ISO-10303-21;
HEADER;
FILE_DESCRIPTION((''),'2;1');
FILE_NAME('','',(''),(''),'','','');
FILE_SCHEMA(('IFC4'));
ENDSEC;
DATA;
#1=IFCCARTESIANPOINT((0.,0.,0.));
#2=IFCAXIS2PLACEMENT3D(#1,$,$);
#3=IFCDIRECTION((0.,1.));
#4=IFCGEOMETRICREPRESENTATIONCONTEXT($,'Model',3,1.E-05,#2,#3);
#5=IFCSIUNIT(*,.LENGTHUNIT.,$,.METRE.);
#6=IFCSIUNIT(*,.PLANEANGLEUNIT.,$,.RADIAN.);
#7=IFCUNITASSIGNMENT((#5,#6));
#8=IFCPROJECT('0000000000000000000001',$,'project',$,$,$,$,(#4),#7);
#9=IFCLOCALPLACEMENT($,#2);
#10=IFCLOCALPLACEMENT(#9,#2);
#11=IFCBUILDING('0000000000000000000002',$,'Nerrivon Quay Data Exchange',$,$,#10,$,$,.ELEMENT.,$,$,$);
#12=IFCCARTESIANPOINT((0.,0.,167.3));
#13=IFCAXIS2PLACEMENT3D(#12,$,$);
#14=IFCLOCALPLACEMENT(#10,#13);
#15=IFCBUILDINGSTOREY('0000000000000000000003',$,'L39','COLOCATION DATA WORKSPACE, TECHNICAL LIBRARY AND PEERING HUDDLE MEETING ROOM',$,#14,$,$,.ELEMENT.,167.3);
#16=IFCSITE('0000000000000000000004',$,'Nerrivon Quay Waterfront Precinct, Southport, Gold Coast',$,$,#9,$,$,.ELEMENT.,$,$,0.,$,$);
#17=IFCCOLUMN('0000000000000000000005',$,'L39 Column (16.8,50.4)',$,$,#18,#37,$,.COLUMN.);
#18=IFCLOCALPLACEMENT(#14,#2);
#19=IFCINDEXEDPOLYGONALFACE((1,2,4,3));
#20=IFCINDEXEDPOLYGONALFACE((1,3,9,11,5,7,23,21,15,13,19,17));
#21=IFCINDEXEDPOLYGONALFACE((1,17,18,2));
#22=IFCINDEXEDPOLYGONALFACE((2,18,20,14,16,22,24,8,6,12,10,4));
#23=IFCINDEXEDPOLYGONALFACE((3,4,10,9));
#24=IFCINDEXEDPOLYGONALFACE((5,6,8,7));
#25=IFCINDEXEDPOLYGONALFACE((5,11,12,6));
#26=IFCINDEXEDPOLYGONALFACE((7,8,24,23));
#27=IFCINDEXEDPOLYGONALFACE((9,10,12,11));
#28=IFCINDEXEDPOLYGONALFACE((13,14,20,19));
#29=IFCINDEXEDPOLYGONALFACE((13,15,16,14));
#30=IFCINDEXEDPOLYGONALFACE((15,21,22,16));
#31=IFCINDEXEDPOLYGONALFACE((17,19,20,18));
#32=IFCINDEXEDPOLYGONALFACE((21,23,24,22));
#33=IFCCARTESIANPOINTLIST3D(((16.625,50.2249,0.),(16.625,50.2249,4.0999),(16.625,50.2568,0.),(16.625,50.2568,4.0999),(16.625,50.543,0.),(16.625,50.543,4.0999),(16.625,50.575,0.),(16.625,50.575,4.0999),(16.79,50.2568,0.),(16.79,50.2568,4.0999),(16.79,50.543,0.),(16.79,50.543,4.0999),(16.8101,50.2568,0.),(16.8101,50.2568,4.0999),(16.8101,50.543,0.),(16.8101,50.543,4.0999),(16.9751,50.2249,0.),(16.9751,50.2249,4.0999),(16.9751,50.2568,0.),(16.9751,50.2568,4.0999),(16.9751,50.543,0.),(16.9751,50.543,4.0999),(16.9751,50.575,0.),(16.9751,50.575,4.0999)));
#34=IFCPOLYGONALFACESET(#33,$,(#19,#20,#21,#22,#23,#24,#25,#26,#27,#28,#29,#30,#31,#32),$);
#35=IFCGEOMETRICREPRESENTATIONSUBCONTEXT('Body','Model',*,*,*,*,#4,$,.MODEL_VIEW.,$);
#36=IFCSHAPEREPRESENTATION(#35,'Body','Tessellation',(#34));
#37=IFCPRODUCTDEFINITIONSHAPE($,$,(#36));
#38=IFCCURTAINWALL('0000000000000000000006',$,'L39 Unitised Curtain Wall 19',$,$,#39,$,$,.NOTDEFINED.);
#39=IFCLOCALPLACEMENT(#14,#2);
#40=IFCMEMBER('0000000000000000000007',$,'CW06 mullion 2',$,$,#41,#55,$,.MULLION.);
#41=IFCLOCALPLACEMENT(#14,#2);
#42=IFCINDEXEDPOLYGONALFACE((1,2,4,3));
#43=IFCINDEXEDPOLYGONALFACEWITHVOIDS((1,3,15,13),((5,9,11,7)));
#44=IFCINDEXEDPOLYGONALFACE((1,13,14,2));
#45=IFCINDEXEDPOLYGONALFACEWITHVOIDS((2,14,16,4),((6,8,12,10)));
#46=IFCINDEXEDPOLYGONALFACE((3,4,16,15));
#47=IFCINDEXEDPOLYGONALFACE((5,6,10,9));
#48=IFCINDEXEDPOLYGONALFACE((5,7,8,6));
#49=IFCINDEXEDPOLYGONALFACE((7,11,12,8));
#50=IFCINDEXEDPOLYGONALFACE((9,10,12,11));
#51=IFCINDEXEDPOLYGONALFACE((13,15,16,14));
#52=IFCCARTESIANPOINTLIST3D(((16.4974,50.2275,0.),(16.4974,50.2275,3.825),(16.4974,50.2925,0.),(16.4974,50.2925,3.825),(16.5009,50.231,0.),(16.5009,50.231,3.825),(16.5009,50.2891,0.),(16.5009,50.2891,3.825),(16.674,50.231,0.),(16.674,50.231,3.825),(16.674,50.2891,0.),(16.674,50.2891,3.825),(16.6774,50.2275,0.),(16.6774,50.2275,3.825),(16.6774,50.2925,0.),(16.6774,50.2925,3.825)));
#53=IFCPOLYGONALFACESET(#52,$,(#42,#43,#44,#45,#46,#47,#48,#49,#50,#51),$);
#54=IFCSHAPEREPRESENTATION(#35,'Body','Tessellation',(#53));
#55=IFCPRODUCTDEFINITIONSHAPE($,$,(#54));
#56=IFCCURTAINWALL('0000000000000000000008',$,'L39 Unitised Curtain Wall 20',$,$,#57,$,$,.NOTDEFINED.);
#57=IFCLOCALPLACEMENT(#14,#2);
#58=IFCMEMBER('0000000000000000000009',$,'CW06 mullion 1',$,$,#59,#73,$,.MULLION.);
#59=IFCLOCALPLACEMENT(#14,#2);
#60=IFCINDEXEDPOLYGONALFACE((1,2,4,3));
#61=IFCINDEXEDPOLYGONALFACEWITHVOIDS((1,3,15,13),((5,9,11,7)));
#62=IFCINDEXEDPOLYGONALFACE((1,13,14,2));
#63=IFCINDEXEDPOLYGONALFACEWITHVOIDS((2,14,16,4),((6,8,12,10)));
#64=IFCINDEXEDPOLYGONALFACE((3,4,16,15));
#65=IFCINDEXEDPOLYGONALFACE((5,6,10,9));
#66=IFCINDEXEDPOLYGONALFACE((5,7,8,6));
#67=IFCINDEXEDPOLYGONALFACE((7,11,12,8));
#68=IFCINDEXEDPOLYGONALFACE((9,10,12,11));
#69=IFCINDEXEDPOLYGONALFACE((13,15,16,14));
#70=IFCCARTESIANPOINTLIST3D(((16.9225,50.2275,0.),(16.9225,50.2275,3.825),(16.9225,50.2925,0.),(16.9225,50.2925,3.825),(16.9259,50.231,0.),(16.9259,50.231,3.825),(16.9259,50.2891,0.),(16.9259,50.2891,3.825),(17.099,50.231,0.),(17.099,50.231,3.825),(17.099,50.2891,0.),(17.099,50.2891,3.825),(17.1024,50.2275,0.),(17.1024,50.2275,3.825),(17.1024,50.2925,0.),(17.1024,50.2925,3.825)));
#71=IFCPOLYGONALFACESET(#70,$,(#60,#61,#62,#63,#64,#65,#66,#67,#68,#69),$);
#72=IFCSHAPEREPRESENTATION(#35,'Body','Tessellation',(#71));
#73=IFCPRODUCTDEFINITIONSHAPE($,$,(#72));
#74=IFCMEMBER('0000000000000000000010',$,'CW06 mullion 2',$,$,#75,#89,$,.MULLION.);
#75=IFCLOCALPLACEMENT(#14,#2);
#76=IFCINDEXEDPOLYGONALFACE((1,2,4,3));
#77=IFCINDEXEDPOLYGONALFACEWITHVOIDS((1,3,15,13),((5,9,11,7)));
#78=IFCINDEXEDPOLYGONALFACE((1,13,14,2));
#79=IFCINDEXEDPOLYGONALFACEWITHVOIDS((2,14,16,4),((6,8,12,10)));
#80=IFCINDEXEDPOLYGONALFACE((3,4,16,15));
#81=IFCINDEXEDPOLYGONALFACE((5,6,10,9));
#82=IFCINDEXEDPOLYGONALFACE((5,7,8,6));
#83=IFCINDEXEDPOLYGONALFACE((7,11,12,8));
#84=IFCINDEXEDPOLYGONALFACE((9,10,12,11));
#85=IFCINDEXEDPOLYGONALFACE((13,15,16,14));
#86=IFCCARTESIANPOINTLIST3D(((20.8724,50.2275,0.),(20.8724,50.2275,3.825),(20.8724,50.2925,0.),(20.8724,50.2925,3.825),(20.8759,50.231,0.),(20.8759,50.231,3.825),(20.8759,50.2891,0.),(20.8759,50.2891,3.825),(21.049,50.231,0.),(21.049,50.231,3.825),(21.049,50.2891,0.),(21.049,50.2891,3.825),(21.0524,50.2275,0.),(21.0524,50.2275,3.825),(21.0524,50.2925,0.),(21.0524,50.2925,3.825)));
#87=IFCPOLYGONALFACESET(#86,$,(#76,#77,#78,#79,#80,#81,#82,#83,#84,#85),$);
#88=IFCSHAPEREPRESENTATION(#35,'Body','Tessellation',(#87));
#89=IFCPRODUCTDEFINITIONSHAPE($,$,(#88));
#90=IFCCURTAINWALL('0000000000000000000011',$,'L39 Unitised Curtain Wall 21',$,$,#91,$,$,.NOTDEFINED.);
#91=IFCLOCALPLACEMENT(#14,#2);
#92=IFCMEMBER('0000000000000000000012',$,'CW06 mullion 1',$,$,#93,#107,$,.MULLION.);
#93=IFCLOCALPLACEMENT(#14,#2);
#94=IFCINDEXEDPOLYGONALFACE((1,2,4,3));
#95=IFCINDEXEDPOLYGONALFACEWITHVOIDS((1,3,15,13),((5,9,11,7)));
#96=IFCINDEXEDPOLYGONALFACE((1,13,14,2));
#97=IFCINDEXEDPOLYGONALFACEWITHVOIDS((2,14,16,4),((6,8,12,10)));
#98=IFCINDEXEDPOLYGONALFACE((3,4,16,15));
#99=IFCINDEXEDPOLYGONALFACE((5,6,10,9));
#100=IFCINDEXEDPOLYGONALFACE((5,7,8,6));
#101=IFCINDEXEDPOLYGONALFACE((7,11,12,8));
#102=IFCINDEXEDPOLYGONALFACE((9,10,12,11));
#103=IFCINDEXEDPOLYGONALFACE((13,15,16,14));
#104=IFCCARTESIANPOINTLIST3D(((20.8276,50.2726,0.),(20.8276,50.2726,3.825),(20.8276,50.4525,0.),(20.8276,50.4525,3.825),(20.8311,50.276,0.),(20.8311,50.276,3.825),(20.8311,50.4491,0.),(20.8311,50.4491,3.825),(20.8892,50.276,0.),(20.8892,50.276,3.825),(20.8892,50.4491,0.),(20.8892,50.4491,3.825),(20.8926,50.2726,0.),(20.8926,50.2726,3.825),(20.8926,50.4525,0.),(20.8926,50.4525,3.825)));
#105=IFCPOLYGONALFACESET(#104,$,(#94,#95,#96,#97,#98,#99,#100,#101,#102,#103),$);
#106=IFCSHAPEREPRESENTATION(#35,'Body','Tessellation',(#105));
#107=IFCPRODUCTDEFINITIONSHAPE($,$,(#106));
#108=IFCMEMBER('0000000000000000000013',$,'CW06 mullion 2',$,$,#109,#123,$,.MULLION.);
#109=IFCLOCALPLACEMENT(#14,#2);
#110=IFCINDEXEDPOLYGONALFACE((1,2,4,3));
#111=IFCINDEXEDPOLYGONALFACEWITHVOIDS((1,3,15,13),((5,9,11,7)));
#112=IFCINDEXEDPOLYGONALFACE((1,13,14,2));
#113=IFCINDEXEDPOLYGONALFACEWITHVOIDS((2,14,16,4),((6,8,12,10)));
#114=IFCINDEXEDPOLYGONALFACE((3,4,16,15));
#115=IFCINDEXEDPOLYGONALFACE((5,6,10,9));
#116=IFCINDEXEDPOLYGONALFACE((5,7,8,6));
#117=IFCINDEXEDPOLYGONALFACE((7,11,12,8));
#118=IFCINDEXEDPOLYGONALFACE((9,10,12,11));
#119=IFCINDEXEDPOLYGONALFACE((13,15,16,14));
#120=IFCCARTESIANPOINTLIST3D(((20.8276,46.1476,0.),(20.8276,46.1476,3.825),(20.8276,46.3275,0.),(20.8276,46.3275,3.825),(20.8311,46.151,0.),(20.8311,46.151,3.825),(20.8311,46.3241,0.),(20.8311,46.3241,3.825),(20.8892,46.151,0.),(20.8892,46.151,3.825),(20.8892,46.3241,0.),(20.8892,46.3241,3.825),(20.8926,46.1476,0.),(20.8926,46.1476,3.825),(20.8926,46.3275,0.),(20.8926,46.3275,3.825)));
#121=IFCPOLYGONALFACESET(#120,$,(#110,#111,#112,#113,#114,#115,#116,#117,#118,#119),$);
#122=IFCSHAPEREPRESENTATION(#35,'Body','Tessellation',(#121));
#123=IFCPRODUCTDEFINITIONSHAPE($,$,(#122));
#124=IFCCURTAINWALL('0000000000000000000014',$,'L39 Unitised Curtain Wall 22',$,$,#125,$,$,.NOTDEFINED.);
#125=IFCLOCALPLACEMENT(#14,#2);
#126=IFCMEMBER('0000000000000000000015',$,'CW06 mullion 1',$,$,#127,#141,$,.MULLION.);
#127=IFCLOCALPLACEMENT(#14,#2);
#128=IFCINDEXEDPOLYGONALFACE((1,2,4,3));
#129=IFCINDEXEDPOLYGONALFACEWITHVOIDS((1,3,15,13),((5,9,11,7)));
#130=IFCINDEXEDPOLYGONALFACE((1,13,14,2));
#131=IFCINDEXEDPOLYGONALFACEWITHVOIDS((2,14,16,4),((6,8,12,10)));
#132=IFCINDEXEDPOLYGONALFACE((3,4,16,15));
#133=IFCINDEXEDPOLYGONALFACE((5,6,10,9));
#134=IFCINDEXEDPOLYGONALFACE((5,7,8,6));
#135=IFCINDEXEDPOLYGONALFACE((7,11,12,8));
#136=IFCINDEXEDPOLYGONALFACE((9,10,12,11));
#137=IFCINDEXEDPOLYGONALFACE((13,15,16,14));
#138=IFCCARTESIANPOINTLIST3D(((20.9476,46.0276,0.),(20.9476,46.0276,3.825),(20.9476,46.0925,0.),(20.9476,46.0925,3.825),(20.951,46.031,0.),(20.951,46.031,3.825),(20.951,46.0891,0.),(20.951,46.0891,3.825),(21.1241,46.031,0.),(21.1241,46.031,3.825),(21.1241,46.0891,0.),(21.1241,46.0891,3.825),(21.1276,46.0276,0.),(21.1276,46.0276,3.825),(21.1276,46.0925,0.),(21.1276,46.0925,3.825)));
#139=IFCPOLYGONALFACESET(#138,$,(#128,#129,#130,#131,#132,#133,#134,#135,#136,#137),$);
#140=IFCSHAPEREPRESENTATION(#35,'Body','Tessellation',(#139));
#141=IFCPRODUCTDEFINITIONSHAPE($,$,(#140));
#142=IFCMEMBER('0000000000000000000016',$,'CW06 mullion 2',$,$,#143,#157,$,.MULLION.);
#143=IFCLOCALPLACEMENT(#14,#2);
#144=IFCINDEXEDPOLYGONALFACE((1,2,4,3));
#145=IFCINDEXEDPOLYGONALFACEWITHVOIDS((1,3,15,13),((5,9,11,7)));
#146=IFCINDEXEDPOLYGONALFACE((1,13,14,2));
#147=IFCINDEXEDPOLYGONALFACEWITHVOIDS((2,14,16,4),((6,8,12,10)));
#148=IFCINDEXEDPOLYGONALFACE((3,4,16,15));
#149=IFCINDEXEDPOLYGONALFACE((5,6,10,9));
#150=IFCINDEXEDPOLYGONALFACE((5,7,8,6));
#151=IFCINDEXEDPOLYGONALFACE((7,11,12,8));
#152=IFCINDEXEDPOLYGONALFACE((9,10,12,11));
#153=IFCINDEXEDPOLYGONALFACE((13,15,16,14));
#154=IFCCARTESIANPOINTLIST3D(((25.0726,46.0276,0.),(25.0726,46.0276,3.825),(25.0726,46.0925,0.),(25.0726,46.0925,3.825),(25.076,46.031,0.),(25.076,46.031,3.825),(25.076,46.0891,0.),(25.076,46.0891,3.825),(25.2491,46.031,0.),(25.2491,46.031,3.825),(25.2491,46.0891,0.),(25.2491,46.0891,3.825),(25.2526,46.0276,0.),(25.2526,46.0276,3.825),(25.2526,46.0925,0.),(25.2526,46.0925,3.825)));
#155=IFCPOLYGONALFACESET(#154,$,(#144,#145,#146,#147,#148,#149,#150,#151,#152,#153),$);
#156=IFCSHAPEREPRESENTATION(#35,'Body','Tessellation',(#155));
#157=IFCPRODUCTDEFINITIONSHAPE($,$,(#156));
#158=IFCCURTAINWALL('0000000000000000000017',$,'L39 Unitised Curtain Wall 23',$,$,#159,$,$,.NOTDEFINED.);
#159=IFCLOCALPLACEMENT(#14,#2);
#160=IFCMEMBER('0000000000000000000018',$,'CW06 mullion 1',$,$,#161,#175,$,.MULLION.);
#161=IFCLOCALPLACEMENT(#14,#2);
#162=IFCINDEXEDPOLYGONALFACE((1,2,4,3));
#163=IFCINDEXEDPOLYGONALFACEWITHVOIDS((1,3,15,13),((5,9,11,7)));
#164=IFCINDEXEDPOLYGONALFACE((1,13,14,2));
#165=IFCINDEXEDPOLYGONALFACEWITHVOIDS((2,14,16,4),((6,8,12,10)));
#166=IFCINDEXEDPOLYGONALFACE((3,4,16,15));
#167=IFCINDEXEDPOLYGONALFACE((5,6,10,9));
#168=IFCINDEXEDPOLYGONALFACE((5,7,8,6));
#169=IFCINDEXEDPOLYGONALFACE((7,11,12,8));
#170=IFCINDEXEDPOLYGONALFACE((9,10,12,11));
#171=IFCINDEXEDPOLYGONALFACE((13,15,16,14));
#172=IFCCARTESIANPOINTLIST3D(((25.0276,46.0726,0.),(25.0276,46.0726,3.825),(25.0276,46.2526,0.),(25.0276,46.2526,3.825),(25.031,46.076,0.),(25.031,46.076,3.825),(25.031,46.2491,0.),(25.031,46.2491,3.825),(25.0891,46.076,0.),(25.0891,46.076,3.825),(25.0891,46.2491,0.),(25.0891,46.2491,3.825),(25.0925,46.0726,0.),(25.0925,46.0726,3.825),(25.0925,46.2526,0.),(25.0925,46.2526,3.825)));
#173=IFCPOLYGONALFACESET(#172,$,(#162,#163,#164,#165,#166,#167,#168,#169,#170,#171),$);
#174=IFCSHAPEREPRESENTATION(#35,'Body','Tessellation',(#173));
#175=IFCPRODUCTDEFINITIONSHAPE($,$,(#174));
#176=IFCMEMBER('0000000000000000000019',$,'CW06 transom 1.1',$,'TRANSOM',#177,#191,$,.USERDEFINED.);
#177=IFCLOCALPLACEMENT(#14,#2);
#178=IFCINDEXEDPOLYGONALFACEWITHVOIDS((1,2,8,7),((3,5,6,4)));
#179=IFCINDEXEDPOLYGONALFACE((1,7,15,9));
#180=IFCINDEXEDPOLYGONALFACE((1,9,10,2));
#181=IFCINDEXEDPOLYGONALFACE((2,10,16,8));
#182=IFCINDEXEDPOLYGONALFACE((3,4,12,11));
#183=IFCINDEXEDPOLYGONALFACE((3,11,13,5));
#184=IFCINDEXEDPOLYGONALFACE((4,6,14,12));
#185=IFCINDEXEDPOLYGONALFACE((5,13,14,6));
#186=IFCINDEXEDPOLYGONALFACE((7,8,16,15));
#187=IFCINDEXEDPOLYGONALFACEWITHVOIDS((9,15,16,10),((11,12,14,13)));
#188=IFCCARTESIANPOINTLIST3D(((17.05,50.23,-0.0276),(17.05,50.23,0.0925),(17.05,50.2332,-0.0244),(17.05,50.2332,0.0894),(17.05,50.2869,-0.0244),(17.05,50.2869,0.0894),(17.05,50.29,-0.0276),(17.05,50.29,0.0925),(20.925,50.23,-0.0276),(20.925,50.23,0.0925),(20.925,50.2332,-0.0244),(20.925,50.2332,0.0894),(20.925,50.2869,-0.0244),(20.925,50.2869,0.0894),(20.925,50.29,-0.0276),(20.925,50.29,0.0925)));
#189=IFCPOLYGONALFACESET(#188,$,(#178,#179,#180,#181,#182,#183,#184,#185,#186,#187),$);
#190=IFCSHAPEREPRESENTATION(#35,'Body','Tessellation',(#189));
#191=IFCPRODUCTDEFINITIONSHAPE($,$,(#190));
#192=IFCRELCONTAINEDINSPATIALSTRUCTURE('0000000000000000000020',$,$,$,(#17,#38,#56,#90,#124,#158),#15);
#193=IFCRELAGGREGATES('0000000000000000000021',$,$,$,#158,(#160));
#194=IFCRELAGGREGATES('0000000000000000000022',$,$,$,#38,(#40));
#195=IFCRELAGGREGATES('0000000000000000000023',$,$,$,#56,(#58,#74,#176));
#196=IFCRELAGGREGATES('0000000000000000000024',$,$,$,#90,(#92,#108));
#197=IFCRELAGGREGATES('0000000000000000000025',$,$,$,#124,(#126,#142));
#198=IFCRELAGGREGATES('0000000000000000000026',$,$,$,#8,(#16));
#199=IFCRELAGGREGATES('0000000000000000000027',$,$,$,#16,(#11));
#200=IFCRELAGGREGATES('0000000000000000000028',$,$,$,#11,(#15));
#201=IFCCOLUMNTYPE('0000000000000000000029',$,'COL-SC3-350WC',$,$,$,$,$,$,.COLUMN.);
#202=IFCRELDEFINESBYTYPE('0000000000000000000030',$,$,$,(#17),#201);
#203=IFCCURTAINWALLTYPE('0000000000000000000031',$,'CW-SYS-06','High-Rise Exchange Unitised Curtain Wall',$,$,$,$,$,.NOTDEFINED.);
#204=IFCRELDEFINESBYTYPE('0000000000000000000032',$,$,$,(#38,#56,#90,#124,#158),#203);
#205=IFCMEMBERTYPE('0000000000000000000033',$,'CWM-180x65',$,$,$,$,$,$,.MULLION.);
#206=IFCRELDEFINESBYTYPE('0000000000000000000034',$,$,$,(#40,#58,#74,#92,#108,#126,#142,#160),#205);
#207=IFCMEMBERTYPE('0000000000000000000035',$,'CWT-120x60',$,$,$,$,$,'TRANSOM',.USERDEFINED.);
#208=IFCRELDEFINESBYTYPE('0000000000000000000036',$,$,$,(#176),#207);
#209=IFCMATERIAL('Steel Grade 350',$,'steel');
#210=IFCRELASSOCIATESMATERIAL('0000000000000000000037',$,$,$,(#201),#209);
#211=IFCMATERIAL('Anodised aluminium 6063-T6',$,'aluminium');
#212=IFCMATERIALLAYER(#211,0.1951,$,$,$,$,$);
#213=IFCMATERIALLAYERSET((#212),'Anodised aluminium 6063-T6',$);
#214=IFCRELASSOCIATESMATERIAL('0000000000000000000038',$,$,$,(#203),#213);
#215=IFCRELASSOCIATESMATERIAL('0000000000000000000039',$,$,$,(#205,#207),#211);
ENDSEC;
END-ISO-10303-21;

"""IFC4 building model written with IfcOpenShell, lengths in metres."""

from ifc_helpers import new_model, si_unit, direction, frame, origin, origin_2d, place, context, subcontext, project, spatial, hollow_rectangle, i_section, extrude, material, layer, layer_set, material_profile, profile_set, type_object, element, aggregate, save


model = new_model("IFC4")

# Units and contexts
model_context = context("Model", 3, precision=1e-05, world=origin(), true_north=direction((0.0, 1.0)))
body_context = subcontext(model_context, "Body", "Model", "MODEL_VIEW")
ifc_project = project(units=[si_unit("LENGTHUNIT", "METRE"), si_unit("PLANEANGLEUNIT", "RADIAN")], contexts=[model_context])

# Site, building, storey
site_placement = place(None, origin())
site = spatial("IfcSite", under=ifc_project, at=site_placement, Name="Nerrivon Quay Waterfront Precinct, Southport, Gold Coast", CompositionType="ELEMENT", RefElevation=0.0)
building_placement = place(site_placement, origin())
building = spatial("IfcBuilding", under=site, at=building_placement, Name="Nerrivon Quay Data Exchange", CompositionType="ELEMENT")
storey_placement = place(building_placement, frame((0.0, 0.0, 167.3)))
storey = spatial("IfcBuildingStorey", under=building, at=storey_placement, Name="L39", Description="COLOCATION DATA WORKSPACE, TECHNICAL LIBRARY AND PEERING HUDDLE MEETING ROOM", CompositionType="ELEMENT", Elevation=167.3)

# Column
ifc_material_1 = material(Name="Steel Grade 350", Category="steel")
ifc_material_profile_1 = material_profile(ifc_material_1, i_section(OverallWidth=0.3501, OverallDepth=0.3501, WebThickness=0.02, FlangeThickness=0.032, at=origin_2d()), Name="350WC230")
ifc_profile_set_1 = profile_set([ifc_material_profile_1], Name="Steel Grade 350")
column_type = type_object("IfcColumnType", Name="COL-SC3-350WC", PredefinedType="COLUMN", material=ifc_profile_set_1)
column_placement = place(storey_placement, frame((16.8, 50.3999, 0.0), z_axis=(0.0, 0.0, 1.0), x_axis=(1.0, 0.0, 0.0)))
element("IfcColumn", 1, at=column_placement, inside=storey, type_object=column_type, Name="L39 Column (16.8,50.4)", PredefinedType="COLUMN", context=body_context, shape_type="SweptSolid", body=[
    extrude(i_section(OverallWidth=0.3501, OverallDepth=0.3501, WebThickness=0.02, FlangeThickness=0.032, at=origin_2d()), origin(), (0.0, 0.0, 1.0), 4.0999),
])

# Curtain wall, member
ifc_material_2 = material(Name="Anodised aluminium 6063-T6", Category="aluminium")
ifc_layer_1 = layer(ifc_material_2, 0.1951)
ifc_layer_set_1 = layer_set([ifc_layer_1], Name="Anodised aluminium 6063-T6")
curtain_wall_type = type_object("IfcCurtainWallType", Name="CW-SYS-06", Description="High-Rise Exchange Unitised Curtain Wall", PredefinedType="NOTDEFINED", material=ifc_layer_set_1)
curtain_wall_1_placement = place(storey_placement, origin())
curtain_wall_1 = element("IfcCurtainWall", 2, at=curtain_wall_1_placement, inside=storey, type_object=curtain_wall_type, Name="L39 Unitised Curtain Wall 19", PredefinedType="NOTDEFINED")
ifc_material_profile_2 = material_profile(ifc_material_2, hollow_rectangle(XDim=0.0649, YDim=0.1799, WallThickness=0.0034, at=origin_2d()), Name="ALU-MULL-180x65")
ifc_profile_set_2 = profile_set([ifc_material_profile_2], Name="Anodised aluminium 6063-T6")
member_type_1 = type_object("IfcMemberType", Name="CWM-180x65", PredefinedType="MULLION", material=ifc_profile_set_2)
member_1_placement = place(storey_placement, frame((16.5874, 50.26, 0.0), z_axis=(0.0, 0.0, 1.0), x_axis=(0.0, 1.0, 0.0)))
member_1 = element("IfcMember", 3, at=member_1_placement, type_object=member_type_1, Name="CW06 mullion 2", PredefinedType="MULLION", context=body_context, shape_type="SweptSolid", body=[
    extrude(hollow_rectangle(XDim=0.0649, YDim=0.1799, WallThickness=0.0034, at=origin_2d()), origin(), (0.0, 0.0, 1.0), 3.825),
])

# Curtain walls, members
curtain_wall_2_placement = place(storey_placement, origin())
curtain_wall_2 = element("IfcCurtainWall", 4, at=curtain_wall_2_placement, inside=storey, type_object=curtain_wall_type, Name="L39 Unitised Curtain Wall 20", PredefinedType="NOTDEFINED")
member_2_placement = place(storey_placement, frame((17.0125, 50.26, 0.0), z_axis=(0.0, 0.0, 1.0), x_axis=(0.0, 1.0, 0.0)))
member_2 = element("IfcMember", 5, at=member_2_placement, type_object=member_type_1, Name="CW06 mullion 1", PredefinedType="MULLION", context=body_context, shape_type="SweptSolid", body=[
    extrude(hollow_rectangle(XDim=0.0649, YDim=0.1799, WallThickness=0.0034, at=origin_2d()), origin(), (0.0, 0.0, 1.0), 3.825),
])
member_3_placement = place(storey_placement, frame((20.9624, 50.26, 0.0), z_axis=(0.0, 0.0, 1.0), x_axis=(0.0, 1.0, 0.0)))
member_3 = element("IfcMember", 6, at=member_3_placement, type_object=member_type_1, Name="CW06 mullion 2", PredefinedType="MULLION", context=body_context, shape_type="SweptSolid", body=[
    extrude(hollow_rectangle(XDim=0.0649, YDim=0.1799, WallThickness=0.0034, at=origin_2d()), origin(), (0.0, 0.0, 1.0), 3.825),
])
curtain_wall_3_placement = place(storey_placement, origin())
curtain_wall_3 = element("IfcCurtainWall", 7, at=curtain_wall_3_placement, inside=storey, type_object=curtain_wall_type, Name="L39 Unitised Curtain Wall 21", PredefinedType="NOTDEFINED")
member_4_placement = place(storey_placement, frame((20.8601, 50.3625, 0.0), z_axis=(0.0, 0.0, 1.0), x_axis=(1.0, 0.0, 0.0)))
member_4 = element("IfcMember", 8, at=member_4_placement, type_object=member_type_1, Name="CW06 mullion 1", PredefinedType="MULLION", context=body_context, shape_type="SweptSolid", body=[
    extrude(hollow_rectangle(XDim=0.0649, YDim=0.1799, WallThickness=0.0034, at=origin_2d()), origin(), (0.0, 0.0, 1.0), 3.825),
])
member_5_placement = place(storey_placement, frame((20.8601, 46.2375, 0.0), z_axis=(0.0, 0.0, 1.0), x_axis=(1.0, 0.0, 0.0)))
member_5 = element("IfcMember", 9, at=member_5_placement, type_object=member_type_1, Name="CW06 mullion 2", PredefinedType="MULLION", context=body_context, shape_type="SweptSolid", body=[
    extrude(hollow_rectangle(XDim=0.0649, YDim=0.1799, WallThickness=0.0034, at=origin_2d()), origin(), (0.0, 0.0, 1.0), 3.825),
])
curtain_wall_4_placement = place(storey_placement, origin())
curtain_wall_4 = element("IfcCurtainWall", 10, at=curtain_wall_4_placement, inside=storey, type_object=curtain_wall_type, Name="L39 Unitised Curtain Wall 22", PredefinedType="NOTDEFINED")
member_6_placement = place(storey_placement, frame((21.0376, 46.0601, 0.0), z_axis=(0.0, 0.0, 1.0), x_axis=(0.0, 1.0, 0.0)))
member_6 = element("IfcMember", 11, at=member_6_placement, type_object=member_type_1, Name="CW06 mullion 1", PredefinedType="MULLION", context=body_context, shape_type="SweptSolid", body=[
    extrude(hollow_rectangle(XDim=0.0649, YDim=0.1799, WallThickness=0.0034, at=origin_2d()), origin(), (0.0, 0.0, 1.0), 3.825),
])
member_7_placement = place(storey_placement, frame((25.1626, 46.0601, 0.0), z_axis=(0.0, 0.0, 1.0), x_axis=(0.0, 1.0, 0.0)))
member_7 = element("IfcMember", 12, at=member_7_placement, type_object=member_type_1, Name="CW06 mullion 2", PredefinedType="MULLION", context=body_context, shape_type="SweptSolid", body=[
    extrude(hollow_rectangle(XDim=0.0649, YDim=0.1799, WallThickness=0.0034, at=origin_2d()), origin(), (0.0, 0.0, 1.0), 3.825),
])

# Curtain wall, member
curtain_wall_5_placement = place(storey_placement, origin())
curtain_wall_5 = element("IfcCurtainWall", 13, at=curtain_wall_5_placement, inside=storey, type_object=curtain_wall_type, Name="L39 Unitised Curtain Wall 23", PredefinedType="NOTDEFINED")
member_8_placement = place(storey_placement, frame((25.0601, 46.1626, 0.0), z_axis=(0.0, 0.0, 1.0), x_axis=(1.0, 0.0, 0.0)))
member_8 = element("IfcMember", 14, at=member_8_placement, type_object=member_type_1, Name="CW06 mullion 1", PredefinedType="MULLION", context=body_context, shape_type="SweptSolid", body=[
    extrude(hollow_rectangle(XDim=0.0649, YDim=0.1799, WallThickness=0.0034, at=origin_2d()), origin(), (0.0, 0.0, 1.0), 3.825),
])

# Member
ifc_material_profile_3 = material_profile(ifc_material_2, hollow_rectangle(XDim=0.0601, YDim=0.1201, WallThickness=0.0032, at=origin_2d()), Name="ALU-TRAN-120x60")
ifc_profile_set_3 = profile_set([ifc_material_profile_3], Name="Anodised aluminium 6063-T6")
member_type_2 = type_object("IfcMemberType", Name="CWT-120x60", ElementType="TRANSOM", PredefinedType="USERDEFINED", material=ifc_profile_set_3)
member_9_placement = place(storey_placement, frame((17.05, 50.26, 0.0325), z_axis=(1.0, 0.0, 0.0), x_axis=(0.0, 1.0, 0.0)))
member_9 = element("IfcMember", 15, at=member_9_placement, type_object=member_type_2, Name="CW06 transom 1.1", ObjectType="TRANSOM", PredefinedType="USERDEFINED", context=body_context, shape_type="SweptSolid", body=[
    extrude(hollow_rectangle(XDim=0.0601, YDim=0.1201, WallThickness=0.0032, at=origin_2d()), origin(), (0.0, 0.0, 1.0), 3.875),
])
aggregate(curtain_wall_5, [member_8])

aggregate(curtain_wall_1, [member_1])
aggregate(curtain_wall_2, [member_2, member_3, member_9])
aggregate(curtain_wall_3, [member_4, member_5])
aggregate(curtain_wall_4, [member_6, member_7])

save(model, "model.ifc")
